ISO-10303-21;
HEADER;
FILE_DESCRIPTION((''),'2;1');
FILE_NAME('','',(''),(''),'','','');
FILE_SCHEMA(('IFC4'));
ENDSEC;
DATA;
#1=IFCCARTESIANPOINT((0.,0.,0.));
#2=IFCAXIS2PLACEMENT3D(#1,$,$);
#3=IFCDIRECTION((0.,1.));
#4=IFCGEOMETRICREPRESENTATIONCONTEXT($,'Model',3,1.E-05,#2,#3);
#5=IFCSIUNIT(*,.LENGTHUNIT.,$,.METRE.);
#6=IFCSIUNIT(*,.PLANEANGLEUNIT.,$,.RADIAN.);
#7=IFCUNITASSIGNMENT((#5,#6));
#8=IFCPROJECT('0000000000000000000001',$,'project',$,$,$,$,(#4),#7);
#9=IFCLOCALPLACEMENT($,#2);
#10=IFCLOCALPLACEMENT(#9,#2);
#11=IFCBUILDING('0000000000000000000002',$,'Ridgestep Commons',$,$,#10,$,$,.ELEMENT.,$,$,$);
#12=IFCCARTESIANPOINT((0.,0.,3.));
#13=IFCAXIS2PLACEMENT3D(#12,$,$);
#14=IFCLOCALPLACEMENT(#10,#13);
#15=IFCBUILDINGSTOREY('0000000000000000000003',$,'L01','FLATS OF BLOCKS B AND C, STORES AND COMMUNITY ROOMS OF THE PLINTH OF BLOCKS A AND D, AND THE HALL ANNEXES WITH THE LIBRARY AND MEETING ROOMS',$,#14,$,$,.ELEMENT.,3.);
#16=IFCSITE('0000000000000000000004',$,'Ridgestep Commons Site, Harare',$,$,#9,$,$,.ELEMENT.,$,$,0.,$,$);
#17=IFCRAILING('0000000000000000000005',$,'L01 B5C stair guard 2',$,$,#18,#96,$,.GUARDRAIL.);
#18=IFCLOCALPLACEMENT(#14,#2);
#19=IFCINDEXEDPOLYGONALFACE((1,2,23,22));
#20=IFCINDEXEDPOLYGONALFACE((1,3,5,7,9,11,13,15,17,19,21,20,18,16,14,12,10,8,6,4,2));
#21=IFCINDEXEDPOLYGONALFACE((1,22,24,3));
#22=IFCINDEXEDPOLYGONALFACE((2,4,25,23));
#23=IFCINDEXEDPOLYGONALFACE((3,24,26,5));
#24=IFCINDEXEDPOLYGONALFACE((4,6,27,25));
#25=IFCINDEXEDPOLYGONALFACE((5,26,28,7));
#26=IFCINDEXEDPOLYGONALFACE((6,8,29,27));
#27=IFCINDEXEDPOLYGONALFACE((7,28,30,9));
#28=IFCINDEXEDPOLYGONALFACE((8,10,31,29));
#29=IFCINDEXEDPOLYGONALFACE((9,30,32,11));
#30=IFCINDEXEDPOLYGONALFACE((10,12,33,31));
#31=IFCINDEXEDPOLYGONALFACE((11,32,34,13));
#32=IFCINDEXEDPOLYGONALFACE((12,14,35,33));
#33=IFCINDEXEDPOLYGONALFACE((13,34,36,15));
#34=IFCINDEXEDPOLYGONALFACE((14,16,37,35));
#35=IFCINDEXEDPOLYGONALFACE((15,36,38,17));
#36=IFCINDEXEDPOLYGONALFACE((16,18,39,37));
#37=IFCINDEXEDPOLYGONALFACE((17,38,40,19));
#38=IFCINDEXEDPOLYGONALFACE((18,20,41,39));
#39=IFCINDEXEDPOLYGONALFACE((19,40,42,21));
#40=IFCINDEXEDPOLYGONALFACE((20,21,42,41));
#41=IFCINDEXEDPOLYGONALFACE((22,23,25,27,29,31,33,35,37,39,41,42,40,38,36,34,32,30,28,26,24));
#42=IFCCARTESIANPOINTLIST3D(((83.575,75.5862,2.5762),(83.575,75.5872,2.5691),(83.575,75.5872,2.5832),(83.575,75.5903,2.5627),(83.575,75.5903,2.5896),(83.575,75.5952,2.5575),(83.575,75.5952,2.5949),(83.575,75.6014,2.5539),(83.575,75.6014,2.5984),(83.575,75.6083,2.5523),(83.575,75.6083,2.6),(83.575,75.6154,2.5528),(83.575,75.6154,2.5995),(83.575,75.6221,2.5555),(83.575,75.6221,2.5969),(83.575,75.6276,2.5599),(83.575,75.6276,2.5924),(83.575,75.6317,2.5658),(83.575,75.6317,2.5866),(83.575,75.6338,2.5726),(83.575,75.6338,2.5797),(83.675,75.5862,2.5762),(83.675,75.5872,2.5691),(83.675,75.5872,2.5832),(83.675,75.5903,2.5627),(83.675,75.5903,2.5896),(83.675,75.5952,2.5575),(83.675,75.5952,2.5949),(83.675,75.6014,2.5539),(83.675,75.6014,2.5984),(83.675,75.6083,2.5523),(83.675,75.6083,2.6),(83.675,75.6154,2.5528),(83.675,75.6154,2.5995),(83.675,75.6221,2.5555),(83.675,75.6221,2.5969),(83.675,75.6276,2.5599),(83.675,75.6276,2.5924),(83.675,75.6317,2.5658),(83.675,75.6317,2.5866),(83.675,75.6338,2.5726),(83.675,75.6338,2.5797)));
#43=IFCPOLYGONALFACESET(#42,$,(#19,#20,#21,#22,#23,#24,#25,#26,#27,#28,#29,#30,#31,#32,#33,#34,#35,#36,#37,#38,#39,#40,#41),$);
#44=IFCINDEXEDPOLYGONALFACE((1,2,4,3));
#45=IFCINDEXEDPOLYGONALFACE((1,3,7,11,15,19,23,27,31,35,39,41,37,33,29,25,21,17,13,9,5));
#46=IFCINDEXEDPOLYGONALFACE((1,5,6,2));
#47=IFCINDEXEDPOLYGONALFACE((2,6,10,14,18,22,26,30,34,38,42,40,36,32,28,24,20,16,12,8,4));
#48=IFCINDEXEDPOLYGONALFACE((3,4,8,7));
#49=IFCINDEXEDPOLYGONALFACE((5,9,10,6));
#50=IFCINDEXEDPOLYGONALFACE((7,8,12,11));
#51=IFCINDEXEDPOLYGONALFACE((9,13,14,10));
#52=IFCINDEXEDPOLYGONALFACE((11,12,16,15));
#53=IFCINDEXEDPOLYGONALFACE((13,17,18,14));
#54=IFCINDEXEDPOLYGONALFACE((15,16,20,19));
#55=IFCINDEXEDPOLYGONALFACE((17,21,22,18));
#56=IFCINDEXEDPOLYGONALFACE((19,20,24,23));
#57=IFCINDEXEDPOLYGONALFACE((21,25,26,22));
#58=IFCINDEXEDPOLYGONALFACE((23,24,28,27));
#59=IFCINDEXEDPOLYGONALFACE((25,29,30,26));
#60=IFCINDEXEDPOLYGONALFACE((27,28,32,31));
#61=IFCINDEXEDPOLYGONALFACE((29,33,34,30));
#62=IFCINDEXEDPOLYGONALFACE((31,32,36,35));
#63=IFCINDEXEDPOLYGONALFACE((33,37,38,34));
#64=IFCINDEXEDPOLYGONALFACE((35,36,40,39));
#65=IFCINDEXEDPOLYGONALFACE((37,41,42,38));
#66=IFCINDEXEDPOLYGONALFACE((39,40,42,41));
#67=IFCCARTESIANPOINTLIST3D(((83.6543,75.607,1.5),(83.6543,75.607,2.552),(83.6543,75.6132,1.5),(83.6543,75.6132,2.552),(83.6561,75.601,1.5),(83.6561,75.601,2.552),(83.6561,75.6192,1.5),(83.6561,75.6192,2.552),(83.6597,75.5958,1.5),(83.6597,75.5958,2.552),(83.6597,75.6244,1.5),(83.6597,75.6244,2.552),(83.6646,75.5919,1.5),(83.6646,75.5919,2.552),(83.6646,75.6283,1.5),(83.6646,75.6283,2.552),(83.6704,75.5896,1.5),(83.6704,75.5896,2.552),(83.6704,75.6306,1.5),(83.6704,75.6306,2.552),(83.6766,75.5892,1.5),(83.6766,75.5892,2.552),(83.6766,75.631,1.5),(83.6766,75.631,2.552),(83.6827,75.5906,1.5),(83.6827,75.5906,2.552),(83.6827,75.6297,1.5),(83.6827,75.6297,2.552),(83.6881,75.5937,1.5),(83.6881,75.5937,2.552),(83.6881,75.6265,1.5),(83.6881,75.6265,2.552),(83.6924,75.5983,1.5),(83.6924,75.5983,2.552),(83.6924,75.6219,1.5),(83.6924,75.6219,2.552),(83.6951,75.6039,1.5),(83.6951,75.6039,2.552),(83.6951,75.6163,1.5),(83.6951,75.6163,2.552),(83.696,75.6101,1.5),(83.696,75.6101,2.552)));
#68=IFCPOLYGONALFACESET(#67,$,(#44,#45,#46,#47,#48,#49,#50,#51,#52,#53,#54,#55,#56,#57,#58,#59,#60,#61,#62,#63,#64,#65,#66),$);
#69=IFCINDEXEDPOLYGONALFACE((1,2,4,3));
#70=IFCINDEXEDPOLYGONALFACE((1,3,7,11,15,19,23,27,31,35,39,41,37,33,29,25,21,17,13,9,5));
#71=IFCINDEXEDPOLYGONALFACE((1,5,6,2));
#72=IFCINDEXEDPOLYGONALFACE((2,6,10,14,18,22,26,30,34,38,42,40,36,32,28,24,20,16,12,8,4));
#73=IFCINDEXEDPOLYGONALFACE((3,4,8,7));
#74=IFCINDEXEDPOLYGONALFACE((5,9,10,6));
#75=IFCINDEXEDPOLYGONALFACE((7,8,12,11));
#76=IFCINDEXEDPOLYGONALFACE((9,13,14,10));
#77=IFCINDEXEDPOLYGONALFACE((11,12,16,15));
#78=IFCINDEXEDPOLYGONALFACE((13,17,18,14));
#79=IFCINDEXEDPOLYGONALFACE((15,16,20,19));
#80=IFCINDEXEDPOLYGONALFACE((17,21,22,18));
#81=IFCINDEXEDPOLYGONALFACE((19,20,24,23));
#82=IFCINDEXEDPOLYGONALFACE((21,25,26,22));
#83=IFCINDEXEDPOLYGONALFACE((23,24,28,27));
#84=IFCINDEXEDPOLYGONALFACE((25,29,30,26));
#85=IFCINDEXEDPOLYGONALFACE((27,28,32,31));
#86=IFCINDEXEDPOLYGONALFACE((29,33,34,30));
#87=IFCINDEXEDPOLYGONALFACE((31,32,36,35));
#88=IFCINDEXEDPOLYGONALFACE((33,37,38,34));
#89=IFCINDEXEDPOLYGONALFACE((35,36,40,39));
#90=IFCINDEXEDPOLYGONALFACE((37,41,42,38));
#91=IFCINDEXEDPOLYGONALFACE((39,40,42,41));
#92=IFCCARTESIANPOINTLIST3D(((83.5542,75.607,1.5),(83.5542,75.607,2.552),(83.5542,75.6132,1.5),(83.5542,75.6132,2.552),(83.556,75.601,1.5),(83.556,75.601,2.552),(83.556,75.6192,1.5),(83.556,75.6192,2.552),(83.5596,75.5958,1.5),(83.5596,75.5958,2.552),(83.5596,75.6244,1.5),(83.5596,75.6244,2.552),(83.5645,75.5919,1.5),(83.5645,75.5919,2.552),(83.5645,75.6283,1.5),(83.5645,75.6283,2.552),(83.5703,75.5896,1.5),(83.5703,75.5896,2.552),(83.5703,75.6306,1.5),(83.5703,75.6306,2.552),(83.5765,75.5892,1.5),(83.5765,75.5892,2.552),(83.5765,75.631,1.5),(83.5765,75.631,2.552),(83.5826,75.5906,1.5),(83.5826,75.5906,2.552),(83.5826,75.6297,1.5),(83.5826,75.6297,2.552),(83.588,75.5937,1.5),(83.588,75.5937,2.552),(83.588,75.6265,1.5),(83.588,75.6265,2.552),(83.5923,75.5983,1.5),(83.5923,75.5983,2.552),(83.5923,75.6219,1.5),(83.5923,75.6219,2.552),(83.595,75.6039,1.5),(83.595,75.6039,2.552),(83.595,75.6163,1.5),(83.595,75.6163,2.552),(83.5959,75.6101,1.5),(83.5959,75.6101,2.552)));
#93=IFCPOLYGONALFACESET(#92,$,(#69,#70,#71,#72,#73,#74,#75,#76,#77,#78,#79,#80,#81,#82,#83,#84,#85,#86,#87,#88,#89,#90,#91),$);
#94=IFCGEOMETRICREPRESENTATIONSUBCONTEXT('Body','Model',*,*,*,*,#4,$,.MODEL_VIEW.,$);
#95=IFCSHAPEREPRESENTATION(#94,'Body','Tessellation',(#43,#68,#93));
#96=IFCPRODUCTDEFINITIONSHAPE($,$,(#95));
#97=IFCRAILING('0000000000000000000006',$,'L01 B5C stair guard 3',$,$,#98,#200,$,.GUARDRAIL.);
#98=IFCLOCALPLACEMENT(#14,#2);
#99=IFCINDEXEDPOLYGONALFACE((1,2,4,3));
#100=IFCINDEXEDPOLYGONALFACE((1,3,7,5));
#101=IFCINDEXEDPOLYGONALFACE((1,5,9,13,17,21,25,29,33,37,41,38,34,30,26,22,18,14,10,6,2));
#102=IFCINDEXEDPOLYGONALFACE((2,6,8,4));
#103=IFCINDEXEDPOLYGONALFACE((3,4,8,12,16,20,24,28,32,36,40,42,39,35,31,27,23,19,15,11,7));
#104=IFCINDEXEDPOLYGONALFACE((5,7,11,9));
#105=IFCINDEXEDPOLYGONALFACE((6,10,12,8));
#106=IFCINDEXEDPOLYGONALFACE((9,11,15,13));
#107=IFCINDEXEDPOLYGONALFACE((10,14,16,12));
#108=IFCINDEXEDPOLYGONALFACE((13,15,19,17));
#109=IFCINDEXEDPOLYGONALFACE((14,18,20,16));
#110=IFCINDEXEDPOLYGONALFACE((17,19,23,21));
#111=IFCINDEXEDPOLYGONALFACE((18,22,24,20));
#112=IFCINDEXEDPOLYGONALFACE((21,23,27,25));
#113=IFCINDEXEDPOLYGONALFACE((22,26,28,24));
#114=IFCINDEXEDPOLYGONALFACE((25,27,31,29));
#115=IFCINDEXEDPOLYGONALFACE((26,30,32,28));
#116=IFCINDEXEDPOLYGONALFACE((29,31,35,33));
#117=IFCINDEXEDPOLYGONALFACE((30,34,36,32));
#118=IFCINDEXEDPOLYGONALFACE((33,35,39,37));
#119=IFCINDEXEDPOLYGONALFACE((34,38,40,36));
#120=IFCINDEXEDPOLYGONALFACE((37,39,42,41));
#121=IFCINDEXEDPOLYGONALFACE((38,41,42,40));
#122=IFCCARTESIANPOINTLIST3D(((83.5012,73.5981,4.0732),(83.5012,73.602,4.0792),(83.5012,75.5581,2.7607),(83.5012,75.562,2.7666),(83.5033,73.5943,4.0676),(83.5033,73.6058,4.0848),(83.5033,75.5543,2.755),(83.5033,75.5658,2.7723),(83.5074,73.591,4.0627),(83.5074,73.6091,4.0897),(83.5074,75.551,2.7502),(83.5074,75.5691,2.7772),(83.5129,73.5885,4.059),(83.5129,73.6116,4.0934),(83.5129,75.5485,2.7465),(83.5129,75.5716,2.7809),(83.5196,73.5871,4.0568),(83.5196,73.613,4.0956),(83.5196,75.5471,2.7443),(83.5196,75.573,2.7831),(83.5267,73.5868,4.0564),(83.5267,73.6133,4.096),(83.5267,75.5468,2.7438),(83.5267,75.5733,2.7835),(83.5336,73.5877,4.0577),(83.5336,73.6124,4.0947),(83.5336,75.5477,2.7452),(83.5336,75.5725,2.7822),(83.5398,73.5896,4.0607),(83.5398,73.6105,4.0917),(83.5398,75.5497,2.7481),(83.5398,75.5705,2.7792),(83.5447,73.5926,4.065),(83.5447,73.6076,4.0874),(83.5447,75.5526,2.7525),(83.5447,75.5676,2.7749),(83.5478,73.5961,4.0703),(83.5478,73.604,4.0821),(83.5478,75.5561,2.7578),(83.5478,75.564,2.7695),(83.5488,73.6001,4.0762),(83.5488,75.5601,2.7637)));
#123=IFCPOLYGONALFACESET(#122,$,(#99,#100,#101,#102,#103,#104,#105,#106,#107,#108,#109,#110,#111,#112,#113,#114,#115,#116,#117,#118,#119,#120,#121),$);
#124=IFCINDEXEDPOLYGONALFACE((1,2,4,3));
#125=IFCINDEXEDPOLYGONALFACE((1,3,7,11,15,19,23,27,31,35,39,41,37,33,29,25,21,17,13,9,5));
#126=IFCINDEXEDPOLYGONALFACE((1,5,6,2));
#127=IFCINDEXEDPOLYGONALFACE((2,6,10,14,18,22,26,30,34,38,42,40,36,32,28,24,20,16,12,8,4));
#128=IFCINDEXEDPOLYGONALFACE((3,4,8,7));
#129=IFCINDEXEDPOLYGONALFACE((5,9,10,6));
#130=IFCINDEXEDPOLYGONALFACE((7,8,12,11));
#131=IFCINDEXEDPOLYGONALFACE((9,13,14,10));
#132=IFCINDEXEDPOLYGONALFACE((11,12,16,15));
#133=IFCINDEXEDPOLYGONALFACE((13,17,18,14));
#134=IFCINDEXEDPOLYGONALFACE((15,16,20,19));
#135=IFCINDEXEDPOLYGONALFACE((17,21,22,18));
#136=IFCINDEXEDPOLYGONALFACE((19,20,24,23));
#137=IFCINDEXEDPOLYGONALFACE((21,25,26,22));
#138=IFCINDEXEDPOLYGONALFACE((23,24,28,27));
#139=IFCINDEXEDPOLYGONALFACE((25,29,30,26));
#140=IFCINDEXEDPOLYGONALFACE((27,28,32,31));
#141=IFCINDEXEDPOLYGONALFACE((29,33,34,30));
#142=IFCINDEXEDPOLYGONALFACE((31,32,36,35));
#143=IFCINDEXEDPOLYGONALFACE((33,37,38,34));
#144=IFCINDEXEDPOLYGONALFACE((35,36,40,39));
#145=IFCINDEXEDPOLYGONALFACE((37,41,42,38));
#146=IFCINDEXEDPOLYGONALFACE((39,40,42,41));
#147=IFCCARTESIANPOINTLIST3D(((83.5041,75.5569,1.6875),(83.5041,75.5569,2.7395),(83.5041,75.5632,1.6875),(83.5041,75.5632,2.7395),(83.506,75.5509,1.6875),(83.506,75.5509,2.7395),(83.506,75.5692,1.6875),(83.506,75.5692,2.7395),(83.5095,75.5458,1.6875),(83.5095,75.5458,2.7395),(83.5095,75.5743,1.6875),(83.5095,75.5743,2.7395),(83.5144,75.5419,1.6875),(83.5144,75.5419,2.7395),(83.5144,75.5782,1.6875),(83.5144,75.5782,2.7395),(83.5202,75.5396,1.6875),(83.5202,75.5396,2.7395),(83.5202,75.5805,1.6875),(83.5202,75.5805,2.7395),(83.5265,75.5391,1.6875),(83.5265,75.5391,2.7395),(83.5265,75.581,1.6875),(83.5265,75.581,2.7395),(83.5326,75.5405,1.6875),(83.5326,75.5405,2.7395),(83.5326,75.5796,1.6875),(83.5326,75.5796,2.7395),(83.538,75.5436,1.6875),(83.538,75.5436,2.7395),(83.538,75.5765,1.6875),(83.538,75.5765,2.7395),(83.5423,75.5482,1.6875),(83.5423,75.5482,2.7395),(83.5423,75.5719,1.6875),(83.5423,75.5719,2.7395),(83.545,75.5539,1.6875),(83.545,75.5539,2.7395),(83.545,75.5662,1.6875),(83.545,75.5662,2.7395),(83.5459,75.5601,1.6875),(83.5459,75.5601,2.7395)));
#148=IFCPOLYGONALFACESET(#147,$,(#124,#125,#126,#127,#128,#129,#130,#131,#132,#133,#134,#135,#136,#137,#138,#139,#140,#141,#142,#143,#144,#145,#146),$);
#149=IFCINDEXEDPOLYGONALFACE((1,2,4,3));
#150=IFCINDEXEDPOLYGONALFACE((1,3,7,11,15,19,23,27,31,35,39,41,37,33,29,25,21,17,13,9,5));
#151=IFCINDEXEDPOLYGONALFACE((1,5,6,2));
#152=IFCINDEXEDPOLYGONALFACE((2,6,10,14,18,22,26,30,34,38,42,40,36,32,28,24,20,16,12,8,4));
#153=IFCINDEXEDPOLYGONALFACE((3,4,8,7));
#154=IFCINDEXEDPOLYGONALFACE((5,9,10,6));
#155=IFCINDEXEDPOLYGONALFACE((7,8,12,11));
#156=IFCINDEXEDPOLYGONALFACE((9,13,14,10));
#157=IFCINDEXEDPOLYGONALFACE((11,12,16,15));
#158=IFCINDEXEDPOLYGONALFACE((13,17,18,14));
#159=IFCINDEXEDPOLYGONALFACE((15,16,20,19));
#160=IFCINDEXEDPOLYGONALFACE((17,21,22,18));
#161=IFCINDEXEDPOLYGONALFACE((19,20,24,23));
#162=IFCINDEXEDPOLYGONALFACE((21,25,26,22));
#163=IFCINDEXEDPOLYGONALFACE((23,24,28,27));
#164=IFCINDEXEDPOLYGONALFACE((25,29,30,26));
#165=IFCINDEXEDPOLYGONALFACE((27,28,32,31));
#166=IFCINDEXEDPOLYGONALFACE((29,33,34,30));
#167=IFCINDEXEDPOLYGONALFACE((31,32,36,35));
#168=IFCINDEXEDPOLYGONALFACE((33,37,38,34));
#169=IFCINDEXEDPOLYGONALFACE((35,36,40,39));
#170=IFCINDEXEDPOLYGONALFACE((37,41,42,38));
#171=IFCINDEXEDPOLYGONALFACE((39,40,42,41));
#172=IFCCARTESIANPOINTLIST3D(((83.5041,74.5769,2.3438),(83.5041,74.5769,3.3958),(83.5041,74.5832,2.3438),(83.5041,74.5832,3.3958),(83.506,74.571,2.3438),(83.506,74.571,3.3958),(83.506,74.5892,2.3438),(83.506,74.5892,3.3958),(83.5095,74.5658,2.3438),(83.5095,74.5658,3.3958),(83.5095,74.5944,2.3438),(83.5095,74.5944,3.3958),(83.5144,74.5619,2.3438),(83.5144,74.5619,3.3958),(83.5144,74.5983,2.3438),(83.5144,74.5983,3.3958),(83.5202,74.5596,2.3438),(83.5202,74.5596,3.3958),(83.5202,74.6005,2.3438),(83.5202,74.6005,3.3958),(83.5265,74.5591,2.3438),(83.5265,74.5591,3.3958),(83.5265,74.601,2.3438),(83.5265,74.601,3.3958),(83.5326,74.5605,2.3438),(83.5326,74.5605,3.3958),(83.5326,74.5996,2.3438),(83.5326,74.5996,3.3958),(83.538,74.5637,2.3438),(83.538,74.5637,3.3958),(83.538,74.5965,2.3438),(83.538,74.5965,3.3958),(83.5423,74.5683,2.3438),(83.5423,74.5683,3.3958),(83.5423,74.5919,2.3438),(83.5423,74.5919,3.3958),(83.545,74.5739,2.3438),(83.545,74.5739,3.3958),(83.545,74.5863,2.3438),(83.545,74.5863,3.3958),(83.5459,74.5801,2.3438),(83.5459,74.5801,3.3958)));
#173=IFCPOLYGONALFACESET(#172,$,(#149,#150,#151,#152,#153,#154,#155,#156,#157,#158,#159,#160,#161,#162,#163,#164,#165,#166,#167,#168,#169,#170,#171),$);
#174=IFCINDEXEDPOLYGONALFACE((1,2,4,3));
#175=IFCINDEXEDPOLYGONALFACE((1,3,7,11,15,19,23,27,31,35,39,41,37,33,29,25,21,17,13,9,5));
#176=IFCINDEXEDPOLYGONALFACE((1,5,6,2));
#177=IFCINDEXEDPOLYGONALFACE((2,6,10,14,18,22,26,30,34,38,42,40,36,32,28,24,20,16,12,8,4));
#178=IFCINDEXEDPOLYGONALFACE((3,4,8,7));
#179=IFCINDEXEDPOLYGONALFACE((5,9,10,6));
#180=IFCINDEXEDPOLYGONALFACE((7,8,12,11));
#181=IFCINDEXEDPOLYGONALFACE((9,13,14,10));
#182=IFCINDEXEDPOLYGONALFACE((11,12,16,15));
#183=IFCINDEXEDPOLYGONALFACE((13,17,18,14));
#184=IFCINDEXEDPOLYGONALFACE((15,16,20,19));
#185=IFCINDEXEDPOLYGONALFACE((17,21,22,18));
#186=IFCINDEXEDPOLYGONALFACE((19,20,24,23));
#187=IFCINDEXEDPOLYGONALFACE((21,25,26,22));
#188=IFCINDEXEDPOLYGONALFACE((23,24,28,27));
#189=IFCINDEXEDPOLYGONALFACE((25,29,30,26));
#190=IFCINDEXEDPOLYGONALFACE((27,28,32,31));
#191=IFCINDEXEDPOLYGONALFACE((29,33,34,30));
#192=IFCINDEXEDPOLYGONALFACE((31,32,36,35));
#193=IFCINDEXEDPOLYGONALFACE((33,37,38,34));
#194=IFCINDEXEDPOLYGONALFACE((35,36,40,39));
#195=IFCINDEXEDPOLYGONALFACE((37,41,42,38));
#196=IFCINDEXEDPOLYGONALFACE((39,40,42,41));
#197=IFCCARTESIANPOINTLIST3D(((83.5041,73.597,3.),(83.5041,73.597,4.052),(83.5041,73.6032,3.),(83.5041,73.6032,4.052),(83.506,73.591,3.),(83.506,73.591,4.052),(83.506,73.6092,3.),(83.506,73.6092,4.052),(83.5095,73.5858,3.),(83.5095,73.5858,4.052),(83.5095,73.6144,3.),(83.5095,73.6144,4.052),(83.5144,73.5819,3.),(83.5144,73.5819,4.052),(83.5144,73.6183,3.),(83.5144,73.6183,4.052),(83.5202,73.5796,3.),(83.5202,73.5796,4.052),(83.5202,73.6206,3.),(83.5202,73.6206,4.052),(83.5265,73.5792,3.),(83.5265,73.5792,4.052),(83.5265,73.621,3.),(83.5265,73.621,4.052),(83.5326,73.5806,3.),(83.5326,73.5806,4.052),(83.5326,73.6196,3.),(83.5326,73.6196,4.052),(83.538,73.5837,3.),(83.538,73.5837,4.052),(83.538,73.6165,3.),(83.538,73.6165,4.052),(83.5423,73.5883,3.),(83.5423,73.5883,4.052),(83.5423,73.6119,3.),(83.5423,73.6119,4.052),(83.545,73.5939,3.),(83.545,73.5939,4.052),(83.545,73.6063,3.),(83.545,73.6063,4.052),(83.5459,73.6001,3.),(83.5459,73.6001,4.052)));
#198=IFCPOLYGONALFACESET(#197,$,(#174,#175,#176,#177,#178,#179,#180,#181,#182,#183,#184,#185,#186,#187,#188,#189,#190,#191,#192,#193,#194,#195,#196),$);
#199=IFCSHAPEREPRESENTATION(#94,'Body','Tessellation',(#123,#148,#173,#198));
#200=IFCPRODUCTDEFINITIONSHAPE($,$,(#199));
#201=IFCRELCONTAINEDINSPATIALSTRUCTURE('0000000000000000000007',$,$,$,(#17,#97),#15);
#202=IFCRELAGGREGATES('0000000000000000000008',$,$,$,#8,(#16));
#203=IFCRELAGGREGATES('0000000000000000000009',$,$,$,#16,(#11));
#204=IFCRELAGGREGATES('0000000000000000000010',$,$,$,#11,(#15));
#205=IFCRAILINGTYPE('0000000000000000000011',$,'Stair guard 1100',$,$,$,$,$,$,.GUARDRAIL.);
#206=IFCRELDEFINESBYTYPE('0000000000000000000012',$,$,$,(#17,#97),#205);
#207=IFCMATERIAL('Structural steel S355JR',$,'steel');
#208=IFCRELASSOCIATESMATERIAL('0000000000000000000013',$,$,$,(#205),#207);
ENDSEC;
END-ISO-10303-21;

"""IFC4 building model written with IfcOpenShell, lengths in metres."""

from ifc_helpers import new_model, si_unit, direction, frame, origin, origin_2d, place, context, subcontext, project, spatial, circle, extrude, material, type_object, element, save


model = new_model("IFC4")

# Units and contexts
model_context = context("Model", 3, precision=1e-05, world=origin(), true_north=direction((0.0, 1.0)))
body_context = subcontext(model_context, "Body", "Model", "MODEL_VIEW")
ifc_project = project(units=[si_unit("LENGTHUNIT", "METRE"), si_unit("PLANEANGLEUNIT", "RADIAN")], contexts=[model_context])

# Site, building, storey
site_placement = place(None, origin())
site = spatial("IfcSite", under=ifc_project, at=site_placement, Name="Ridgestep Commons Site, Harare", CompositionType="ELEMENT", RefElevation=0.0)
building_placement = place(site_placement, origin())
building = spatial("IfcBuilding", under=site, at=building_placement, Name="Ridgestep Commons", CompositionType="ELEMENT")
storey_placement = place(building_placement, frame((0.0, 0.0, 3.0)))
storey = spatial("IfcBuildingStorey", under=building, at=storey_placement, Name="L01", Description="FLATS OF BLOCKS B AND C, STORES AND COMMUNITY ROOMS OF THE PLINTH OF BLOCKS A AND D, AND THE HALL ANNEXES WITH THE LIBRARY AND MEETING ROOMS", CompositionType="ELEMENT", Elevation=3.0)

# Railings
ifc_material_1 = material(Name="Structural steel S355JR", Category="steel")
railing_type = type_object("IfcRailingType", Name="Stair guard 1100", PredefinedType="GUARDRAIL", material=ifc_material_1)
railing_1_placement = place(storey_placement, frame((83.675, 75.6101, 1.5)))
element("IfcRailing", 1, at=railing_1_placement, inside=storey, type_object=railing_type, Name="L01 B5C stair guard 2", PredefinedType="GUARDRAIL", context=body_context, shape_type="SweptSolid", body=[
    extrude(circle(Radius=0.0239, at=origin_2d()), frame((0.0, 0.0, 1.0762), z_axis=(-1.0, 0.0, 0.0), x_axis=(0.0, -1.0, 0.0)), (0.0, 0.0, 1.0), 0.1001),
    extrude(circle(Radius=0.021, at=origin_2d()), origin(), (0.0, 0.0, 1.0), 1.052),
    extrude(circle(Radius=0.021, at=origin_2d()), frame((-0.1001, 0.0, 0.0)), (0.0, 0.0, 1.0), 1.052),
])
railing_2_placement = place(storey_placement, frame((83.5249, 75.5601, 1.6875)))
element("IfcRailing", 2, at=railing_2_placement, inside=storey, type_object=railing_type, Name="L01 B5C stair guard 3", PredefinedType="GUARDRAIL", context=body_context, shape_type="SweptSolid", body=[
    extrude(circle(Radius=0.0239, at=origin_2d()), frame((0.0, 0.0, 1.0762), z_axis=(0.0, -0.830902, 0.556419), x_axis=(1.0, 0.0, 0.0)), (0.0, 0.0, 1.0), 2.3589),
    extrude(circle(Radius=0.021, at=origin_2d()), origin(), (0.0, 0.0, 1.0), 1.052),
    extrude(circle(Radius=0.021, at=origin_2d()), frame((0.0, -0.98, 0.6562)), (0.0, 0.0, 1.0), 1.052),
    extrude(circle(Radius=0.021, at=origin_2d()), frame((0.0, -1.96, 1.3125)), (0.0, 0.0, 1.0), 1.052),
])

save(model, "model.ifc")
